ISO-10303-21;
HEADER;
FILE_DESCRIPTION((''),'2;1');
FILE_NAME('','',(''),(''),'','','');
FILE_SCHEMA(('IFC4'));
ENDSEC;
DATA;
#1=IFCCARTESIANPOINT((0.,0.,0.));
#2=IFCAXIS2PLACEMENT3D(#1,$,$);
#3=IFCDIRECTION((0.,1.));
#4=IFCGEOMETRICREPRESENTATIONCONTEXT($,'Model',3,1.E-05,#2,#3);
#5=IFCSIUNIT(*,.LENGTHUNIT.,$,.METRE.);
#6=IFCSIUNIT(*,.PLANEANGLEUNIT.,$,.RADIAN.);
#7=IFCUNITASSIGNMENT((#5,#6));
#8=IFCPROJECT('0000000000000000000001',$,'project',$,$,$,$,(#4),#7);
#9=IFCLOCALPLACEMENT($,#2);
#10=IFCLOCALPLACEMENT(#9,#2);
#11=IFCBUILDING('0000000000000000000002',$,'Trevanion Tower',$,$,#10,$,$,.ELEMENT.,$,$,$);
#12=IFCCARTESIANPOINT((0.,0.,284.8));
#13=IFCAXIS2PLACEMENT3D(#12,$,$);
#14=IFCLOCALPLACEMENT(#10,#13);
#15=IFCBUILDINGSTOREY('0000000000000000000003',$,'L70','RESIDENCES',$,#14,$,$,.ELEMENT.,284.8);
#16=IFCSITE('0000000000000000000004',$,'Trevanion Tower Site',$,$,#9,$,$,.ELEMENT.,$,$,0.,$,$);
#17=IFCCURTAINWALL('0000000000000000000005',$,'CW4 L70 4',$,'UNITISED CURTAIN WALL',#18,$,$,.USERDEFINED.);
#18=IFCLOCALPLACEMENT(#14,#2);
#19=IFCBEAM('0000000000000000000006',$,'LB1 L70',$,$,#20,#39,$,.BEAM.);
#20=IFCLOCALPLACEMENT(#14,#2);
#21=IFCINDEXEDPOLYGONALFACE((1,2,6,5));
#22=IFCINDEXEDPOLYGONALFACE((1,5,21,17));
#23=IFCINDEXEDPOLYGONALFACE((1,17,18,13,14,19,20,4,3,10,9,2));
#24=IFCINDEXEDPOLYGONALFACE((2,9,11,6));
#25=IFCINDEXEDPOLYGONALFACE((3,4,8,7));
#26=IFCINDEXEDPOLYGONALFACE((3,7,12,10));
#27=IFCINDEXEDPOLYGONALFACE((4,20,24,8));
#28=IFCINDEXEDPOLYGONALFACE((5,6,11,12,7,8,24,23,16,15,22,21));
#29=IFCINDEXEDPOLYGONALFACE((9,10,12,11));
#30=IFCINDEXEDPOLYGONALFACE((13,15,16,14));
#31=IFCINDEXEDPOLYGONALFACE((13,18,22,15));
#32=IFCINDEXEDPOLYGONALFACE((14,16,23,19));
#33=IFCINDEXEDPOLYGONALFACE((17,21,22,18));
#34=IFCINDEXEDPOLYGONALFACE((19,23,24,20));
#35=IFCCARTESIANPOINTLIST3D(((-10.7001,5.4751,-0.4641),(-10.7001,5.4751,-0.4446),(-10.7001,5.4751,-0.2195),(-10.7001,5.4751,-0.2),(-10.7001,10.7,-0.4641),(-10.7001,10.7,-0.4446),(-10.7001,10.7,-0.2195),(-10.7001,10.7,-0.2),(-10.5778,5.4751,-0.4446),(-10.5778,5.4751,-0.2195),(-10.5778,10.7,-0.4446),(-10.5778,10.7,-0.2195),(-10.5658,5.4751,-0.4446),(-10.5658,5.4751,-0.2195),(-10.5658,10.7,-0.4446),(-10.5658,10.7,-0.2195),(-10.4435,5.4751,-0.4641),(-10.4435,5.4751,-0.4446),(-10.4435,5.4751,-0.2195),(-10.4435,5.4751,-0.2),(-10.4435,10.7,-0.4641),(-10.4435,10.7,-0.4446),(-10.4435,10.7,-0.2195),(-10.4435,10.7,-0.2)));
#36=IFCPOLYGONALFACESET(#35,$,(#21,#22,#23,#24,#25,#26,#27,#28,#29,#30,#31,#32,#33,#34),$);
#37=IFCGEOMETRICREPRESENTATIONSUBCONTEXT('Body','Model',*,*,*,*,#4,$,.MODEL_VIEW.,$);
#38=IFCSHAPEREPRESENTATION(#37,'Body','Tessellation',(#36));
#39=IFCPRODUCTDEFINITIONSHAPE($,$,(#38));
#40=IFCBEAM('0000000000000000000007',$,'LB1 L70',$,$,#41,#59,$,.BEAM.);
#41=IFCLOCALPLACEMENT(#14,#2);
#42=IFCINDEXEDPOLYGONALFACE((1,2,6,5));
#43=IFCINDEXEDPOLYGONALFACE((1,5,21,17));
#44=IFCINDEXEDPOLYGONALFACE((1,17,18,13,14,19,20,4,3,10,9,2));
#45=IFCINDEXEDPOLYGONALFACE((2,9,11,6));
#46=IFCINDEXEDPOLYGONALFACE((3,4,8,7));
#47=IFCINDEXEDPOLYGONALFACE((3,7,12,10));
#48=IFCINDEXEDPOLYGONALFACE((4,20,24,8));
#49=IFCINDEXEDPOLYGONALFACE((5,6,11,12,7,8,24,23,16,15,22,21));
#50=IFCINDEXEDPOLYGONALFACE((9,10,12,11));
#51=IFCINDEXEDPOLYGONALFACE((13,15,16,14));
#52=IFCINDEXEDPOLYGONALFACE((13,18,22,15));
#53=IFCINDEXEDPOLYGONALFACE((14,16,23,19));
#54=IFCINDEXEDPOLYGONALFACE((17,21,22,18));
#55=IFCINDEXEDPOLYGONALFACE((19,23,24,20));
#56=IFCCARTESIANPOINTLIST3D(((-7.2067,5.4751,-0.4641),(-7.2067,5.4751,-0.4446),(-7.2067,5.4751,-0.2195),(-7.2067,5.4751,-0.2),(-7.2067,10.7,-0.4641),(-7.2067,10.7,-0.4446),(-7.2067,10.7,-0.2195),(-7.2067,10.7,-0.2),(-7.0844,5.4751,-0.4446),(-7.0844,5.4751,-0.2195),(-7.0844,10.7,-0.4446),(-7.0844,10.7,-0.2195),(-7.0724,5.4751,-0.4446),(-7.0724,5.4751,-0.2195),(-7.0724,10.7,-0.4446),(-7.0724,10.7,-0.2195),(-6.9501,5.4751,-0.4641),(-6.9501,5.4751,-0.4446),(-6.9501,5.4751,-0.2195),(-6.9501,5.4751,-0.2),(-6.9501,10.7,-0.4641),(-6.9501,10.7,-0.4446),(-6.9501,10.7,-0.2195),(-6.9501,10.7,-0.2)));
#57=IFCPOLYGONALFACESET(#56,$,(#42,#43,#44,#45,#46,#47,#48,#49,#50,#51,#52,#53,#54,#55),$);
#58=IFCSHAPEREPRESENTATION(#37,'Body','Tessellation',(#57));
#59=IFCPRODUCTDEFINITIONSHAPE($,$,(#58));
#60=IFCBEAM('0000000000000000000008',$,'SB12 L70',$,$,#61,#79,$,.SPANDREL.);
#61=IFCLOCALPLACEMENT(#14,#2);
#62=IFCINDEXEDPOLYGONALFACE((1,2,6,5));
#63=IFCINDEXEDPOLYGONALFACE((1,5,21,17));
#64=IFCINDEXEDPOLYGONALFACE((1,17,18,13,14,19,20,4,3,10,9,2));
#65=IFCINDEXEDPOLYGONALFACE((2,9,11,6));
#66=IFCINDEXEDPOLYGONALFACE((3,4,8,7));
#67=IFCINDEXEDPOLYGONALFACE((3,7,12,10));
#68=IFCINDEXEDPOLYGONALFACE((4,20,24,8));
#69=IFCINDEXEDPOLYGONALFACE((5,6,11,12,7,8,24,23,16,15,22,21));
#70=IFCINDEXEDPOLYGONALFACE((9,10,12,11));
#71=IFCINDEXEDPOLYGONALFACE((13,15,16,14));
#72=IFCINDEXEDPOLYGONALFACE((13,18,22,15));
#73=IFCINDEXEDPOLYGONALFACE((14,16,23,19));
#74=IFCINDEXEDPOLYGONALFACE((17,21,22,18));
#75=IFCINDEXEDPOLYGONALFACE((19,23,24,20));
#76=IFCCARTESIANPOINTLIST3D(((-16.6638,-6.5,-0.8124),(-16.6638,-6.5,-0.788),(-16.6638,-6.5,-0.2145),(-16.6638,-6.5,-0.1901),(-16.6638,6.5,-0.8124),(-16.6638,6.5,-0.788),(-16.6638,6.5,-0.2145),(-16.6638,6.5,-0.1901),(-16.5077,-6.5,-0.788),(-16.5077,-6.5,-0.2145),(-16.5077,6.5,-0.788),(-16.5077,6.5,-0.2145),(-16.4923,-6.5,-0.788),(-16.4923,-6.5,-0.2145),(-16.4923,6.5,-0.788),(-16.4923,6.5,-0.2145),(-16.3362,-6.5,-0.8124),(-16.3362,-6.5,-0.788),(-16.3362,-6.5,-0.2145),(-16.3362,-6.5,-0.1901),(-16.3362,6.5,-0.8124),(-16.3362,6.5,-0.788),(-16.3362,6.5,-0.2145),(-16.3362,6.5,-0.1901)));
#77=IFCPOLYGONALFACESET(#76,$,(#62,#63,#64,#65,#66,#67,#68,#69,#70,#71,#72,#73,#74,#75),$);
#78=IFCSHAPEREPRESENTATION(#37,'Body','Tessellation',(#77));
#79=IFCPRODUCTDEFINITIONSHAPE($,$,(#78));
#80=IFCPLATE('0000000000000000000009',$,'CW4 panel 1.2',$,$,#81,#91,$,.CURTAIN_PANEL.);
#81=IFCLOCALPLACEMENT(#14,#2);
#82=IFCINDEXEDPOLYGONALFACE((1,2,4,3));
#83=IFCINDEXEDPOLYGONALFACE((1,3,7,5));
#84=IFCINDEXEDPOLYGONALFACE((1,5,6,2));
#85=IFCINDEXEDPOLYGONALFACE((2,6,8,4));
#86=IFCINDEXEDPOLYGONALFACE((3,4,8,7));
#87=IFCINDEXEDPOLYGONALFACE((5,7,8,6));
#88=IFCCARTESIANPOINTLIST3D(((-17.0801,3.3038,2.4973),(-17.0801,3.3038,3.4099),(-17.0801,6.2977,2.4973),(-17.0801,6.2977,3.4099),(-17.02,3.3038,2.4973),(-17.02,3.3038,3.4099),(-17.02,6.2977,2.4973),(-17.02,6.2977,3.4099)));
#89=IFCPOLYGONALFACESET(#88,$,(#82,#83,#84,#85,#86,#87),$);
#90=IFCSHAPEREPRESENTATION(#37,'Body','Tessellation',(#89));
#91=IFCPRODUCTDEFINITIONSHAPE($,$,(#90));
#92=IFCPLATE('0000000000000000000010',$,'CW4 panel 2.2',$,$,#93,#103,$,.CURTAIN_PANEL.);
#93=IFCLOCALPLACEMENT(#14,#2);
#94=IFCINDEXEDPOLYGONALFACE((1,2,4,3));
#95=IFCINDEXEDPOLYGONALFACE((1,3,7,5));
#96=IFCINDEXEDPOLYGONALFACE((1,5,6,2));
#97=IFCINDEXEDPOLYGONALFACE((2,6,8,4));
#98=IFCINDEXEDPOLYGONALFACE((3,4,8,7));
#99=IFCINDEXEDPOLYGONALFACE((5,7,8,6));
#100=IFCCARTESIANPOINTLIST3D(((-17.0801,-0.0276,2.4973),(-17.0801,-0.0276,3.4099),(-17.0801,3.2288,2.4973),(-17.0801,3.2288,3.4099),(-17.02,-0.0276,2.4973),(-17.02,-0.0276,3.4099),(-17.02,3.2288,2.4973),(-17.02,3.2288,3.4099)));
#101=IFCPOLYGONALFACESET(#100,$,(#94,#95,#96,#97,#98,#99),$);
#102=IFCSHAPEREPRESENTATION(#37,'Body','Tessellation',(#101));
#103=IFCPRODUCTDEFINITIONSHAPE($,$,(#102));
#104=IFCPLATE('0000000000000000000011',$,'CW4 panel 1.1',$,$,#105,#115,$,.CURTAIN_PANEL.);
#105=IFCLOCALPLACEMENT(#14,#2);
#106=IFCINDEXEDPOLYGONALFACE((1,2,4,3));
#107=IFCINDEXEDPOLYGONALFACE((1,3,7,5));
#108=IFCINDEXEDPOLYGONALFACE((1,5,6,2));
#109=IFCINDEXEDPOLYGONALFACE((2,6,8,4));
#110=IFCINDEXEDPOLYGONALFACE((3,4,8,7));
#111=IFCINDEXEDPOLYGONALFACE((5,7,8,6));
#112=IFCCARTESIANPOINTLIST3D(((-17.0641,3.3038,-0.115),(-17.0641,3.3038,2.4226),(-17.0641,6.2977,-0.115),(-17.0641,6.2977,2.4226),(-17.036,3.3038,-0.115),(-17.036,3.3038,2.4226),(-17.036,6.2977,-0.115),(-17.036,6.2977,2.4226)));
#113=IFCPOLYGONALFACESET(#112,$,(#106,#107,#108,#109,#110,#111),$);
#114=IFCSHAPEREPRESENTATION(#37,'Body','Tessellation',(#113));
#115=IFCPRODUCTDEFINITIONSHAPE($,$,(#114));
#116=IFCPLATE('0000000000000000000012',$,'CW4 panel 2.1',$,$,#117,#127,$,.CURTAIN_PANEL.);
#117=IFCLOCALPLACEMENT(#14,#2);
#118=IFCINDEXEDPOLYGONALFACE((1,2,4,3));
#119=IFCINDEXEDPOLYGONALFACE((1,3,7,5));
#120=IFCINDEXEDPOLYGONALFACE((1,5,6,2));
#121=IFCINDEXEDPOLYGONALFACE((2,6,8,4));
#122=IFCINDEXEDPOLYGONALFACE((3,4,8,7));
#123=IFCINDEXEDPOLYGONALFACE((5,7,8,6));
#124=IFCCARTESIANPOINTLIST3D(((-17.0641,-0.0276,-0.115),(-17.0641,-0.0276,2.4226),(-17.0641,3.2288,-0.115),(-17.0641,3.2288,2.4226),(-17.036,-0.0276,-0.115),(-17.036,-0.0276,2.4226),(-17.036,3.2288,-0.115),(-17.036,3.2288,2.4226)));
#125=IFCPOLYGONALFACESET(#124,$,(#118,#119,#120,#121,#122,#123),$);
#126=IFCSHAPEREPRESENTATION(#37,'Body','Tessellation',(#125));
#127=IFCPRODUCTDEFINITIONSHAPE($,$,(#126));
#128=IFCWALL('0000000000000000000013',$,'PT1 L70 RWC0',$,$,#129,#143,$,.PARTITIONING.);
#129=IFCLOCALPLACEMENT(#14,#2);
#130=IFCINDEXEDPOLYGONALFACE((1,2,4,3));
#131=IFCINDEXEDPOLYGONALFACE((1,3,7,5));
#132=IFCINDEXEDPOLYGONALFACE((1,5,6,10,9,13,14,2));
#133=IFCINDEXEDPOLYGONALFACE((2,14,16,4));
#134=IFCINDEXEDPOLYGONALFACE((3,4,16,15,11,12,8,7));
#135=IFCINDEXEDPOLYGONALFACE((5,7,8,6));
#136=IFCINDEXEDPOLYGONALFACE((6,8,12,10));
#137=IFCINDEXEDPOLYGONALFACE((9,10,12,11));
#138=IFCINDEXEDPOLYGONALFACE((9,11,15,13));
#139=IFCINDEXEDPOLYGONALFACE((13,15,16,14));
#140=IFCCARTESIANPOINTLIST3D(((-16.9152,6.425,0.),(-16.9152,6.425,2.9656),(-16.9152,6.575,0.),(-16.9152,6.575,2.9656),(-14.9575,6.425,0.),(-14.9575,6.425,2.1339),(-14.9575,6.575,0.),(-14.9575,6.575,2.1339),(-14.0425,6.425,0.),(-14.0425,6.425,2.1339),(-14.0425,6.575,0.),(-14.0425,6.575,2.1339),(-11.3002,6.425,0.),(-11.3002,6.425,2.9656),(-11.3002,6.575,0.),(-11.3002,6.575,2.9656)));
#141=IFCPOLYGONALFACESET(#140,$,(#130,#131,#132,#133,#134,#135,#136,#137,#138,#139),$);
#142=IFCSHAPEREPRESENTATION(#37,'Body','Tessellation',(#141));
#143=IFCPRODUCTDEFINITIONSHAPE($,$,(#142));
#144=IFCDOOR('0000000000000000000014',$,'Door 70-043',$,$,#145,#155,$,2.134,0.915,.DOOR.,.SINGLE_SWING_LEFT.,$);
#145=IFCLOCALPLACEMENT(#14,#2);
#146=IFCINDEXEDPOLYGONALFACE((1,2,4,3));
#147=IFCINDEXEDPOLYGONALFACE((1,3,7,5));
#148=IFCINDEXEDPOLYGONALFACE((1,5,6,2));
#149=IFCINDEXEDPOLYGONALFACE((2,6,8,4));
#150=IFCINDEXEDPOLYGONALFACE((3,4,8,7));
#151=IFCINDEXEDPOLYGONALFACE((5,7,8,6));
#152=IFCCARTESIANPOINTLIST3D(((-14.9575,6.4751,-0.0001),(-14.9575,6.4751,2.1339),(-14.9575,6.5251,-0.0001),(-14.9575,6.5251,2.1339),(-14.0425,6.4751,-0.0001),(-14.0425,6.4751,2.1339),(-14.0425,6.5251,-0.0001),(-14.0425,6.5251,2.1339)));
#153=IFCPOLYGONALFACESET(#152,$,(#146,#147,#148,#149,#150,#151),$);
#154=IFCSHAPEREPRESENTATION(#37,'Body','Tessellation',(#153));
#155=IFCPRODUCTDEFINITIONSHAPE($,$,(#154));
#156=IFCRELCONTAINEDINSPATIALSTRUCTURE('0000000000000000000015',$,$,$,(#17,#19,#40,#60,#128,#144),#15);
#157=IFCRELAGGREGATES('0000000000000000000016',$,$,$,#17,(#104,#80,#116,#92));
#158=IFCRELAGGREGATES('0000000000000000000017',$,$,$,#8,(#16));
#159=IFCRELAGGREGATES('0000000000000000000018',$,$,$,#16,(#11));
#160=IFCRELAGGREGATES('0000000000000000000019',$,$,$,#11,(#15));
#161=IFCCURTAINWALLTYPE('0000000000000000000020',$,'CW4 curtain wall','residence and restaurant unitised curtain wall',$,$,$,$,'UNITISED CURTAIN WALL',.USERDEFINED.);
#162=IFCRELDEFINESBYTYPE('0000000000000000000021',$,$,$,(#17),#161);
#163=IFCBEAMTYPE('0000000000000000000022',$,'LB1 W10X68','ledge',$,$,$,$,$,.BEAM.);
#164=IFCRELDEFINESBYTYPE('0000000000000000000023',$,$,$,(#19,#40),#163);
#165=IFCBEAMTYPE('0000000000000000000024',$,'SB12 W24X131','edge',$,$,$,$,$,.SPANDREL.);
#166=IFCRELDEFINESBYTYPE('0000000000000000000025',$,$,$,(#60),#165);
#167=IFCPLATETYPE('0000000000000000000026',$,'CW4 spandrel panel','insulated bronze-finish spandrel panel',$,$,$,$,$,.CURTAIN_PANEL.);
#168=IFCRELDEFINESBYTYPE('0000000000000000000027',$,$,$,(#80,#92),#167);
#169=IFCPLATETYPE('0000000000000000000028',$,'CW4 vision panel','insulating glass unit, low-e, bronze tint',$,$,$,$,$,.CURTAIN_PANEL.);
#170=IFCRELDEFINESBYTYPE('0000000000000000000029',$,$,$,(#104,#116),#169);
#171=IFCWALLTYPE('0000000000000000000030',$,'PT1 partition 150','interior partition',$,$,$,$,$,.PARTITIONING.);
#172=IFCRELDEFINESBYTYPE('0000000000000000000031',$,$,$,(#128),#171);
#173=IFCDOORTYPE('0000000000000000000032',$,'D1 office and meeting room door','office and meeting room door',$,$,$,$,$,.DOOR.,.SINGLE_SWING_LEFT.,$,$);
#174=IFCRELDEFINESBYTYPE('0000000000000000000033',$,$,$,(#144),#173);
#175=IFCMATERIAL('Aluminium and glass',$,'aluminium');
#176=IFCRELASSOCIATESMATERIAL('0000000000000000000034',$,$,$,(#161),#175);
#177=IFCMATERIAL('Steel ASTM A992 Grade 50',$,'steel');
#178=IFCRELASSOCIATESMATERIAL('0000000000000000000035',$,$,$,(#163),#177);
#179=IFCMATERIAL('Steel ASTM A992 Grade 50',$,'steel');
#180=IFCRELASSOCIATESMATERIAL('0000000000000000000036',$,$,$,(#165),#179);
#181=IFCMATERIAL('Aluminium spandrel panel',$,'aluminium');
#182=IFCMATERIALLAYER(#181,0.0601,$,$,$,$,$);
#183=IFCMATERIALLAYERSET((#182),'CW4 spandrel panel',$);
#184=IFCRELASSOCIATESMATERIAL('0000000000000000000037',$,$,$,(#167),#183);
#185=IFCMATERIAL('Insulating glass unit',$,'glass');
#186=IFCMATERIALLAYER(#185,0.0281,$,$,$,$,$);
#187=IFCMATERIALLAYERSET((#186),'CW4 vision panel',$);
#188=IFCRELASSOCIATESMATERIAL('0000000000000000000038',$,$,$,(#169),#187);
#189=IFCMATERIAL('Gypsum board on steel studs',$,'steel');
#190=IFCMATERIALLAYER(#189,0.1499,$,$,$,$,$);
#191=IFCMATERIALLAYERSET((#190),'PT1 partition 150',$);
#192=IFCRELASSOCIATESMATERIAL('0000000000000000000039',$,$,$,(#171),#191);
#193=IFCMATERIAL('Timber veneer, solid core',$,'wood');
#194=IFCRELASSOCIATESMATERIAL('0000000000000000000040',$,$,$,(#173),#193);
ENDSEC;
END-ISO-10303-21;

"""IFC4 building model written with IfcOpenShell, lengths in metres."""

from ifc_helpers import new_model, si_unit, direction, frame, frame_2d, origin, origin_2d, place, context, subcontext, project, spatial, rectangle, i_section, extrude, material, layer, layer_set, material_profile, profile_set, type_object, element, fill, aggregate, save


model = new_model("IFC4")

# Units and contexts
model_context = context("Model", 3, precision=1e-05, world=origin(), true_north=direction((0.0, 1.0)))
body_context = subcontext(model_context, "Body", "Model", "MODEL_VIEW")
ifc_project = project(units=[si_unit("LENGTHUNIT", "METRE"), si_unit("PLANEANGLEUNIT", "RADIAN")], contexts=[model_context])

# Site, building, storey
site_placement = place(None, origin())
site = spatial("IfcSite", under=ifc_project, at=site_placement, Name="Trevanion Tower Site", CompositionType="ELEMENT", RefElevation=0.0)
building_placement = place(site_placement, origin())
building = spatial("IfcBuilding", under=site, at=building_placement, Name="Trevanion Tower", CompositionType="ELEMENT")
storey_placement = place(building_placement, frame((0.0, 0.0, 284.8)))
storey = spatial("IfcBuildingStorey", under=building, at=storey_placement, Name="L70", Description="RESIDENCES", CompositionType="ELEMENT", Elevation=284.8)

# Curtain wall
ifc_material_1 = material(Name="Aluminium and glass", Category="aluminium")
curtain_wall_type = type_object("IfcCurtainWallType", Name="CW4 curtain wall", Description="residence and restaurant unitised curtain wall", ElementType="UNITISED CURTAIN WALL", PredefinedType="USERDEFINED", material=ifc_material_1)
curtain_wall_1_placement = place(storey_placement, origin())
curtain_wall_1 = element("IfcCurtainWall", 1, at=curtain_wall_1_placement, inside=storey, type_object=curtain_wall_type, Name="CW4 L70 4", ObjectType="UNITISED CURTAIN WALL", PredefinedType="USERDEFINED")

# Beams
ifc_material_2 = material(Name="Steel ASTM A992 Grade 50", Category="steel")
ifc_material_profile_1 = material_profile(ifc_material_2, i_section(OverallWidth=0.2566, OverallDepth=0.2642, WebThickness=0.012, FlangeThickness=0.0195, at=origin_2d()), Name="W10X68")
ifc_profile_set_1 = profile_set([ifc_material_profile_1], Name="Steel ASTM A992 Grade 50")
beam_type_1 = type_object("IfcBeamType", Name="LB1 W10X68", Description="ledge", PredefinedType="BEAM", material=ifc_profile_set_1)
for number, where, z_axis, x_axis, name in (
    (2, (-10.5718, 5.4751, -0.332), (0.0, 1.0, 0.0), (-1.0, 0.0, 0.0), "LB1 L70"),
    (3, (-7.0784, 5.4751, -0.332), (0.0, 1.0, 0.0), (-1.0, 0.0, 0.0), "LB1 L70"),
):
    element("IfcBeam", number, at=place(storey_placement, frame(where, z_axis=z_axis, x_axis=x_axis)), inside=storey, type_object=beam_type_1, Name=name, PredefinedType="BEAM", context=body_context, shape_type="SweptSolid", body=[
        extrude(i_section(OverallWidth=0.2566, OverallDepth=0.2642, WebThickness=0.012, FlangeThickness=0.0195, at=origin_2d()), origin(), (0.0, 0.0, 1.0), 5.2249),
    ])
ifc_material_3 = material(Name="Steel ASTM A992 Grade 50", Category="steel")
ifc_material_profile_2 = material_profile(ifc_material_3, i_section(OverallWidth=0.3276, OverallDepth=0.6223, WebThickness=0.0154, FlangeThickness=0.0244, at=origin_2d()), Name="W24X131")
ifc_profile_set_2 = profile_set([ifc_material_profile_2], Name="Steel ASTM A992 Grade 50")
beam_type_2 = type_object("IfcBeamType", Name="SB12 W24X131", Description="edge", PredefinedType="SPANDREL", material=ifc_profile_set_2)
beam_1_placement = place(storey_placement, frame((-16.5, 6.5, -0.5012), z_axis=(0.0, -1.0, 0.0), x_axis=(1.0, 0.0, 0.0)))
element("IfcBeam", 4, at=beam_1_placement, inside=storey, type_object=beam_type_2, Name="SB12 L70", PredefinedType="SPANDREL", context=body_context, shape_type="SweptSolid", body=[
    extrude(i_section(OverallWidth=0.3276, OverallDepth=0.6223, WebThickness=0.0154, FlangeThickness=0.0244, at=origin_2d()), origin(), (0.0, 0.0, 1.0), 13.0),
])

# Plates
ifc_material_4 = material(Name="Aluminium spandrel panel", Category="aluminium")
ifc_layer_1 = layer(ifc_material_4, 0.0601)
ifc_layer_set_1 = layer_set([ifc_layer_1], Name="CW4 spandrel panel")
plate_type_1 = type_object("IfcPlateType", Name="CW4 spandrel panel", Description="insulated bronze-finish spandrel panel", PredefinedType="CURTAIN_PANEL", material=ifc_layer_set_1)
plate_1_placement = place(storey_placement, frame((-17.05, 4.8008, 2.4973), z_axis=(0.0, 0.0, 1.0), x_axis=(0.0, -1.0, 0.0)))
plate_1 = element("IfcPlate", 5, at=plate_1_placement, type_object=plate_type_1, Name="CW4 panel 1.2", PredefinedType="CURTAIN_PANEL", context=body_context, shape_type="SweptSolid", body=[
    extrude(rectangle(XDim=2.9939, YDim=0.0601, at=origin_2d()), origin(), (0.0, 0.0, 1.0), 0.9126),
])
plate_2_placement = place(storey_placement, frame((-17.05, 1.6006, 2.4973), z_axis=(0.0, 0.0, 1.0), x_axis=(0.0, -1.0, 0.0)))
plate_2 = element("IfcPlate", 6, at=plate_2_placement, type_object=plate_type_1, Name="CW4 panel 2.2", PredefinedType="CURTAIN_PANEL", context=body_context, shape_type="SweptSolid", body=[
    extrude(rectangle(XDim=3.2563, YDim=0.0601, at=origin_2d()), origin(), (0.0, 0.0, 1.0), 0.9126),
])
ifc_material_5 = material(Name="Insulating glass unit", Category="glass")
ifc_layer_2 = layer(ifc_material_5, 0.0281)
ifc_layer_set_2 = layer_set([ifc_layer_2], Name="CW4 vision panel")
plate_type_2 = type_object("IfcPlateType", Name="CW4 vision panel", Description="insulating glass unit, low-e, bronze tint", PredefinedType="CURTAIN_PANEL", material=ifc_layer_set_2)
plate_3_placement = place(storey_placement, frame((-17.05, 4.8008, -0.115), z_axis=(0.0, 0.0, 1.0), x_axis=(0.0, -1.0, 0.0)))
plate_3 = element("IfcPlate", 7, at=plate_3_placement, type_object=plate_type_2, Name="CW4 panel 1.1", PredefinedType="CURTAIN_PANEL", context=body_context, shape_type="SweptSolid", body=[
    extrude(rectangle(XDim=2.9939, YDim=0.0281, at=origin_2d()), origin(), (0.0, 0.0, 1.0), 2.5376),
])
plate_4_placement = place(storey_placement, frame((-17.05, 1.6006, -0.115), z_axis=(0.0, 0.0, 1.0), x_axis=(0.0, -1.0, 0.0)))
plate_4 = element("IfcPlate", 8, at=plate_4_placement, type_object=plate_type_2, Name="CW4 panel 2.1", PredefinedType="CURTAIN_PANEL", context=body_context, shape_type="SweptSolid", body=[
    extrude(rectangle(XDim=3.2563, YDim=0.0281, at=origin_2d()), origin(), (0.0, 0.0, 1.0), 2.5376),
])
aggregate(curtain_wall_1, [plate_3, plate_1, plate_4, plate_2])

# Wall, opening, door
ifc_material_6 = material(Name="Gypsum board on steel studs", Category="steel")
ifc_layer_3 = layer(ifc_material_6, 0.1499)
ifc_layer_set_3 = layer_set([ifc_layer_3], Name="PT1 partition 150")
wall_type = type_object("IfcWallType", Name="PT1 partition 150", Description="interior partition", PredefinedType="PARTITIONING", material=ifc_layer_set_3)
wall_1_placement = place(storey_placement, frame((-11.3, 6.5, 0.0), z_axis=(0.0, 0.0, 1.0), x_axis=(-1.0, 0.0, 0.0)))
wall_1 = element("IfcWall", 9, at=wall_1_placement, inside=storey, type_object=wall_type, Name="PT1 L70 RWC0", PredefinedType="PARTITIONING", context=body_context, shape_type="SweptSolid", body=[
    extrude(rectangle(XDim=5.615, YDim=0.1499, at=frame_2d((2.8076, 0.0))), origin(), (0.0, 0.0, 1.0), 2.9656),
])
opening_1_placement = place(wall_1_placement, frame((2.7424, 0.0, 0.0)))
opening_1 = element("IfcOpeningElement", 10, at=opening_1_placement, cuts=wall_1, PredefinedType="OPENING", context=body_context, shape_type="SweptSolid", body=[
    extrude(rectangle(XDim=0.915, YDim=2.134, at=frame_2d((0.4575, 1.0669))), frame((0.0, 0.085, 0.0), z_axis=(0.0, -1.0, 0.0), x_axis=(1.0, 0.0, 0.0)), (0.0, 0.0, 1.0), 0.1699),
])
ifc_material_7 = material(Name="Timber veneer, solid core", Category="wood")
door_type_1 = type_object("IfcDoorType", Name="D1 office and meeting room door", Description="office and meeting room door", OperationType="SINGLE_SWING_LEFT", PredefinedType="DOOR", material=ifc_material_7)
door_1_placement = place(opening_1_placement, origin())
door_1 = element("IfcDoor", 11, at=door_1_placement, inside=storey, type_object=door_type_1, Name="Door 70-043", OperationType="SINGLE_SWING_LEFT", OverallHeight=2.134, OverallWidth=0.915, PredefinedType="DOOR", context=body_context, shape_type="SweptSolid", body=[
    extrude(rectangle(XDim=0.915, YDim=2.134, at=frame_2d((0.4575, 1.0669))), frame((0.0, 0.0249, 0.0), z_axis=(0.0, -1.0, 0.0), x_axis=(1.0, 0.0, 0.0)), (0.0, 0.0, 1.0), 0.05),
])
fill(opening_1, door_1)

save(model, "model.ifc")
